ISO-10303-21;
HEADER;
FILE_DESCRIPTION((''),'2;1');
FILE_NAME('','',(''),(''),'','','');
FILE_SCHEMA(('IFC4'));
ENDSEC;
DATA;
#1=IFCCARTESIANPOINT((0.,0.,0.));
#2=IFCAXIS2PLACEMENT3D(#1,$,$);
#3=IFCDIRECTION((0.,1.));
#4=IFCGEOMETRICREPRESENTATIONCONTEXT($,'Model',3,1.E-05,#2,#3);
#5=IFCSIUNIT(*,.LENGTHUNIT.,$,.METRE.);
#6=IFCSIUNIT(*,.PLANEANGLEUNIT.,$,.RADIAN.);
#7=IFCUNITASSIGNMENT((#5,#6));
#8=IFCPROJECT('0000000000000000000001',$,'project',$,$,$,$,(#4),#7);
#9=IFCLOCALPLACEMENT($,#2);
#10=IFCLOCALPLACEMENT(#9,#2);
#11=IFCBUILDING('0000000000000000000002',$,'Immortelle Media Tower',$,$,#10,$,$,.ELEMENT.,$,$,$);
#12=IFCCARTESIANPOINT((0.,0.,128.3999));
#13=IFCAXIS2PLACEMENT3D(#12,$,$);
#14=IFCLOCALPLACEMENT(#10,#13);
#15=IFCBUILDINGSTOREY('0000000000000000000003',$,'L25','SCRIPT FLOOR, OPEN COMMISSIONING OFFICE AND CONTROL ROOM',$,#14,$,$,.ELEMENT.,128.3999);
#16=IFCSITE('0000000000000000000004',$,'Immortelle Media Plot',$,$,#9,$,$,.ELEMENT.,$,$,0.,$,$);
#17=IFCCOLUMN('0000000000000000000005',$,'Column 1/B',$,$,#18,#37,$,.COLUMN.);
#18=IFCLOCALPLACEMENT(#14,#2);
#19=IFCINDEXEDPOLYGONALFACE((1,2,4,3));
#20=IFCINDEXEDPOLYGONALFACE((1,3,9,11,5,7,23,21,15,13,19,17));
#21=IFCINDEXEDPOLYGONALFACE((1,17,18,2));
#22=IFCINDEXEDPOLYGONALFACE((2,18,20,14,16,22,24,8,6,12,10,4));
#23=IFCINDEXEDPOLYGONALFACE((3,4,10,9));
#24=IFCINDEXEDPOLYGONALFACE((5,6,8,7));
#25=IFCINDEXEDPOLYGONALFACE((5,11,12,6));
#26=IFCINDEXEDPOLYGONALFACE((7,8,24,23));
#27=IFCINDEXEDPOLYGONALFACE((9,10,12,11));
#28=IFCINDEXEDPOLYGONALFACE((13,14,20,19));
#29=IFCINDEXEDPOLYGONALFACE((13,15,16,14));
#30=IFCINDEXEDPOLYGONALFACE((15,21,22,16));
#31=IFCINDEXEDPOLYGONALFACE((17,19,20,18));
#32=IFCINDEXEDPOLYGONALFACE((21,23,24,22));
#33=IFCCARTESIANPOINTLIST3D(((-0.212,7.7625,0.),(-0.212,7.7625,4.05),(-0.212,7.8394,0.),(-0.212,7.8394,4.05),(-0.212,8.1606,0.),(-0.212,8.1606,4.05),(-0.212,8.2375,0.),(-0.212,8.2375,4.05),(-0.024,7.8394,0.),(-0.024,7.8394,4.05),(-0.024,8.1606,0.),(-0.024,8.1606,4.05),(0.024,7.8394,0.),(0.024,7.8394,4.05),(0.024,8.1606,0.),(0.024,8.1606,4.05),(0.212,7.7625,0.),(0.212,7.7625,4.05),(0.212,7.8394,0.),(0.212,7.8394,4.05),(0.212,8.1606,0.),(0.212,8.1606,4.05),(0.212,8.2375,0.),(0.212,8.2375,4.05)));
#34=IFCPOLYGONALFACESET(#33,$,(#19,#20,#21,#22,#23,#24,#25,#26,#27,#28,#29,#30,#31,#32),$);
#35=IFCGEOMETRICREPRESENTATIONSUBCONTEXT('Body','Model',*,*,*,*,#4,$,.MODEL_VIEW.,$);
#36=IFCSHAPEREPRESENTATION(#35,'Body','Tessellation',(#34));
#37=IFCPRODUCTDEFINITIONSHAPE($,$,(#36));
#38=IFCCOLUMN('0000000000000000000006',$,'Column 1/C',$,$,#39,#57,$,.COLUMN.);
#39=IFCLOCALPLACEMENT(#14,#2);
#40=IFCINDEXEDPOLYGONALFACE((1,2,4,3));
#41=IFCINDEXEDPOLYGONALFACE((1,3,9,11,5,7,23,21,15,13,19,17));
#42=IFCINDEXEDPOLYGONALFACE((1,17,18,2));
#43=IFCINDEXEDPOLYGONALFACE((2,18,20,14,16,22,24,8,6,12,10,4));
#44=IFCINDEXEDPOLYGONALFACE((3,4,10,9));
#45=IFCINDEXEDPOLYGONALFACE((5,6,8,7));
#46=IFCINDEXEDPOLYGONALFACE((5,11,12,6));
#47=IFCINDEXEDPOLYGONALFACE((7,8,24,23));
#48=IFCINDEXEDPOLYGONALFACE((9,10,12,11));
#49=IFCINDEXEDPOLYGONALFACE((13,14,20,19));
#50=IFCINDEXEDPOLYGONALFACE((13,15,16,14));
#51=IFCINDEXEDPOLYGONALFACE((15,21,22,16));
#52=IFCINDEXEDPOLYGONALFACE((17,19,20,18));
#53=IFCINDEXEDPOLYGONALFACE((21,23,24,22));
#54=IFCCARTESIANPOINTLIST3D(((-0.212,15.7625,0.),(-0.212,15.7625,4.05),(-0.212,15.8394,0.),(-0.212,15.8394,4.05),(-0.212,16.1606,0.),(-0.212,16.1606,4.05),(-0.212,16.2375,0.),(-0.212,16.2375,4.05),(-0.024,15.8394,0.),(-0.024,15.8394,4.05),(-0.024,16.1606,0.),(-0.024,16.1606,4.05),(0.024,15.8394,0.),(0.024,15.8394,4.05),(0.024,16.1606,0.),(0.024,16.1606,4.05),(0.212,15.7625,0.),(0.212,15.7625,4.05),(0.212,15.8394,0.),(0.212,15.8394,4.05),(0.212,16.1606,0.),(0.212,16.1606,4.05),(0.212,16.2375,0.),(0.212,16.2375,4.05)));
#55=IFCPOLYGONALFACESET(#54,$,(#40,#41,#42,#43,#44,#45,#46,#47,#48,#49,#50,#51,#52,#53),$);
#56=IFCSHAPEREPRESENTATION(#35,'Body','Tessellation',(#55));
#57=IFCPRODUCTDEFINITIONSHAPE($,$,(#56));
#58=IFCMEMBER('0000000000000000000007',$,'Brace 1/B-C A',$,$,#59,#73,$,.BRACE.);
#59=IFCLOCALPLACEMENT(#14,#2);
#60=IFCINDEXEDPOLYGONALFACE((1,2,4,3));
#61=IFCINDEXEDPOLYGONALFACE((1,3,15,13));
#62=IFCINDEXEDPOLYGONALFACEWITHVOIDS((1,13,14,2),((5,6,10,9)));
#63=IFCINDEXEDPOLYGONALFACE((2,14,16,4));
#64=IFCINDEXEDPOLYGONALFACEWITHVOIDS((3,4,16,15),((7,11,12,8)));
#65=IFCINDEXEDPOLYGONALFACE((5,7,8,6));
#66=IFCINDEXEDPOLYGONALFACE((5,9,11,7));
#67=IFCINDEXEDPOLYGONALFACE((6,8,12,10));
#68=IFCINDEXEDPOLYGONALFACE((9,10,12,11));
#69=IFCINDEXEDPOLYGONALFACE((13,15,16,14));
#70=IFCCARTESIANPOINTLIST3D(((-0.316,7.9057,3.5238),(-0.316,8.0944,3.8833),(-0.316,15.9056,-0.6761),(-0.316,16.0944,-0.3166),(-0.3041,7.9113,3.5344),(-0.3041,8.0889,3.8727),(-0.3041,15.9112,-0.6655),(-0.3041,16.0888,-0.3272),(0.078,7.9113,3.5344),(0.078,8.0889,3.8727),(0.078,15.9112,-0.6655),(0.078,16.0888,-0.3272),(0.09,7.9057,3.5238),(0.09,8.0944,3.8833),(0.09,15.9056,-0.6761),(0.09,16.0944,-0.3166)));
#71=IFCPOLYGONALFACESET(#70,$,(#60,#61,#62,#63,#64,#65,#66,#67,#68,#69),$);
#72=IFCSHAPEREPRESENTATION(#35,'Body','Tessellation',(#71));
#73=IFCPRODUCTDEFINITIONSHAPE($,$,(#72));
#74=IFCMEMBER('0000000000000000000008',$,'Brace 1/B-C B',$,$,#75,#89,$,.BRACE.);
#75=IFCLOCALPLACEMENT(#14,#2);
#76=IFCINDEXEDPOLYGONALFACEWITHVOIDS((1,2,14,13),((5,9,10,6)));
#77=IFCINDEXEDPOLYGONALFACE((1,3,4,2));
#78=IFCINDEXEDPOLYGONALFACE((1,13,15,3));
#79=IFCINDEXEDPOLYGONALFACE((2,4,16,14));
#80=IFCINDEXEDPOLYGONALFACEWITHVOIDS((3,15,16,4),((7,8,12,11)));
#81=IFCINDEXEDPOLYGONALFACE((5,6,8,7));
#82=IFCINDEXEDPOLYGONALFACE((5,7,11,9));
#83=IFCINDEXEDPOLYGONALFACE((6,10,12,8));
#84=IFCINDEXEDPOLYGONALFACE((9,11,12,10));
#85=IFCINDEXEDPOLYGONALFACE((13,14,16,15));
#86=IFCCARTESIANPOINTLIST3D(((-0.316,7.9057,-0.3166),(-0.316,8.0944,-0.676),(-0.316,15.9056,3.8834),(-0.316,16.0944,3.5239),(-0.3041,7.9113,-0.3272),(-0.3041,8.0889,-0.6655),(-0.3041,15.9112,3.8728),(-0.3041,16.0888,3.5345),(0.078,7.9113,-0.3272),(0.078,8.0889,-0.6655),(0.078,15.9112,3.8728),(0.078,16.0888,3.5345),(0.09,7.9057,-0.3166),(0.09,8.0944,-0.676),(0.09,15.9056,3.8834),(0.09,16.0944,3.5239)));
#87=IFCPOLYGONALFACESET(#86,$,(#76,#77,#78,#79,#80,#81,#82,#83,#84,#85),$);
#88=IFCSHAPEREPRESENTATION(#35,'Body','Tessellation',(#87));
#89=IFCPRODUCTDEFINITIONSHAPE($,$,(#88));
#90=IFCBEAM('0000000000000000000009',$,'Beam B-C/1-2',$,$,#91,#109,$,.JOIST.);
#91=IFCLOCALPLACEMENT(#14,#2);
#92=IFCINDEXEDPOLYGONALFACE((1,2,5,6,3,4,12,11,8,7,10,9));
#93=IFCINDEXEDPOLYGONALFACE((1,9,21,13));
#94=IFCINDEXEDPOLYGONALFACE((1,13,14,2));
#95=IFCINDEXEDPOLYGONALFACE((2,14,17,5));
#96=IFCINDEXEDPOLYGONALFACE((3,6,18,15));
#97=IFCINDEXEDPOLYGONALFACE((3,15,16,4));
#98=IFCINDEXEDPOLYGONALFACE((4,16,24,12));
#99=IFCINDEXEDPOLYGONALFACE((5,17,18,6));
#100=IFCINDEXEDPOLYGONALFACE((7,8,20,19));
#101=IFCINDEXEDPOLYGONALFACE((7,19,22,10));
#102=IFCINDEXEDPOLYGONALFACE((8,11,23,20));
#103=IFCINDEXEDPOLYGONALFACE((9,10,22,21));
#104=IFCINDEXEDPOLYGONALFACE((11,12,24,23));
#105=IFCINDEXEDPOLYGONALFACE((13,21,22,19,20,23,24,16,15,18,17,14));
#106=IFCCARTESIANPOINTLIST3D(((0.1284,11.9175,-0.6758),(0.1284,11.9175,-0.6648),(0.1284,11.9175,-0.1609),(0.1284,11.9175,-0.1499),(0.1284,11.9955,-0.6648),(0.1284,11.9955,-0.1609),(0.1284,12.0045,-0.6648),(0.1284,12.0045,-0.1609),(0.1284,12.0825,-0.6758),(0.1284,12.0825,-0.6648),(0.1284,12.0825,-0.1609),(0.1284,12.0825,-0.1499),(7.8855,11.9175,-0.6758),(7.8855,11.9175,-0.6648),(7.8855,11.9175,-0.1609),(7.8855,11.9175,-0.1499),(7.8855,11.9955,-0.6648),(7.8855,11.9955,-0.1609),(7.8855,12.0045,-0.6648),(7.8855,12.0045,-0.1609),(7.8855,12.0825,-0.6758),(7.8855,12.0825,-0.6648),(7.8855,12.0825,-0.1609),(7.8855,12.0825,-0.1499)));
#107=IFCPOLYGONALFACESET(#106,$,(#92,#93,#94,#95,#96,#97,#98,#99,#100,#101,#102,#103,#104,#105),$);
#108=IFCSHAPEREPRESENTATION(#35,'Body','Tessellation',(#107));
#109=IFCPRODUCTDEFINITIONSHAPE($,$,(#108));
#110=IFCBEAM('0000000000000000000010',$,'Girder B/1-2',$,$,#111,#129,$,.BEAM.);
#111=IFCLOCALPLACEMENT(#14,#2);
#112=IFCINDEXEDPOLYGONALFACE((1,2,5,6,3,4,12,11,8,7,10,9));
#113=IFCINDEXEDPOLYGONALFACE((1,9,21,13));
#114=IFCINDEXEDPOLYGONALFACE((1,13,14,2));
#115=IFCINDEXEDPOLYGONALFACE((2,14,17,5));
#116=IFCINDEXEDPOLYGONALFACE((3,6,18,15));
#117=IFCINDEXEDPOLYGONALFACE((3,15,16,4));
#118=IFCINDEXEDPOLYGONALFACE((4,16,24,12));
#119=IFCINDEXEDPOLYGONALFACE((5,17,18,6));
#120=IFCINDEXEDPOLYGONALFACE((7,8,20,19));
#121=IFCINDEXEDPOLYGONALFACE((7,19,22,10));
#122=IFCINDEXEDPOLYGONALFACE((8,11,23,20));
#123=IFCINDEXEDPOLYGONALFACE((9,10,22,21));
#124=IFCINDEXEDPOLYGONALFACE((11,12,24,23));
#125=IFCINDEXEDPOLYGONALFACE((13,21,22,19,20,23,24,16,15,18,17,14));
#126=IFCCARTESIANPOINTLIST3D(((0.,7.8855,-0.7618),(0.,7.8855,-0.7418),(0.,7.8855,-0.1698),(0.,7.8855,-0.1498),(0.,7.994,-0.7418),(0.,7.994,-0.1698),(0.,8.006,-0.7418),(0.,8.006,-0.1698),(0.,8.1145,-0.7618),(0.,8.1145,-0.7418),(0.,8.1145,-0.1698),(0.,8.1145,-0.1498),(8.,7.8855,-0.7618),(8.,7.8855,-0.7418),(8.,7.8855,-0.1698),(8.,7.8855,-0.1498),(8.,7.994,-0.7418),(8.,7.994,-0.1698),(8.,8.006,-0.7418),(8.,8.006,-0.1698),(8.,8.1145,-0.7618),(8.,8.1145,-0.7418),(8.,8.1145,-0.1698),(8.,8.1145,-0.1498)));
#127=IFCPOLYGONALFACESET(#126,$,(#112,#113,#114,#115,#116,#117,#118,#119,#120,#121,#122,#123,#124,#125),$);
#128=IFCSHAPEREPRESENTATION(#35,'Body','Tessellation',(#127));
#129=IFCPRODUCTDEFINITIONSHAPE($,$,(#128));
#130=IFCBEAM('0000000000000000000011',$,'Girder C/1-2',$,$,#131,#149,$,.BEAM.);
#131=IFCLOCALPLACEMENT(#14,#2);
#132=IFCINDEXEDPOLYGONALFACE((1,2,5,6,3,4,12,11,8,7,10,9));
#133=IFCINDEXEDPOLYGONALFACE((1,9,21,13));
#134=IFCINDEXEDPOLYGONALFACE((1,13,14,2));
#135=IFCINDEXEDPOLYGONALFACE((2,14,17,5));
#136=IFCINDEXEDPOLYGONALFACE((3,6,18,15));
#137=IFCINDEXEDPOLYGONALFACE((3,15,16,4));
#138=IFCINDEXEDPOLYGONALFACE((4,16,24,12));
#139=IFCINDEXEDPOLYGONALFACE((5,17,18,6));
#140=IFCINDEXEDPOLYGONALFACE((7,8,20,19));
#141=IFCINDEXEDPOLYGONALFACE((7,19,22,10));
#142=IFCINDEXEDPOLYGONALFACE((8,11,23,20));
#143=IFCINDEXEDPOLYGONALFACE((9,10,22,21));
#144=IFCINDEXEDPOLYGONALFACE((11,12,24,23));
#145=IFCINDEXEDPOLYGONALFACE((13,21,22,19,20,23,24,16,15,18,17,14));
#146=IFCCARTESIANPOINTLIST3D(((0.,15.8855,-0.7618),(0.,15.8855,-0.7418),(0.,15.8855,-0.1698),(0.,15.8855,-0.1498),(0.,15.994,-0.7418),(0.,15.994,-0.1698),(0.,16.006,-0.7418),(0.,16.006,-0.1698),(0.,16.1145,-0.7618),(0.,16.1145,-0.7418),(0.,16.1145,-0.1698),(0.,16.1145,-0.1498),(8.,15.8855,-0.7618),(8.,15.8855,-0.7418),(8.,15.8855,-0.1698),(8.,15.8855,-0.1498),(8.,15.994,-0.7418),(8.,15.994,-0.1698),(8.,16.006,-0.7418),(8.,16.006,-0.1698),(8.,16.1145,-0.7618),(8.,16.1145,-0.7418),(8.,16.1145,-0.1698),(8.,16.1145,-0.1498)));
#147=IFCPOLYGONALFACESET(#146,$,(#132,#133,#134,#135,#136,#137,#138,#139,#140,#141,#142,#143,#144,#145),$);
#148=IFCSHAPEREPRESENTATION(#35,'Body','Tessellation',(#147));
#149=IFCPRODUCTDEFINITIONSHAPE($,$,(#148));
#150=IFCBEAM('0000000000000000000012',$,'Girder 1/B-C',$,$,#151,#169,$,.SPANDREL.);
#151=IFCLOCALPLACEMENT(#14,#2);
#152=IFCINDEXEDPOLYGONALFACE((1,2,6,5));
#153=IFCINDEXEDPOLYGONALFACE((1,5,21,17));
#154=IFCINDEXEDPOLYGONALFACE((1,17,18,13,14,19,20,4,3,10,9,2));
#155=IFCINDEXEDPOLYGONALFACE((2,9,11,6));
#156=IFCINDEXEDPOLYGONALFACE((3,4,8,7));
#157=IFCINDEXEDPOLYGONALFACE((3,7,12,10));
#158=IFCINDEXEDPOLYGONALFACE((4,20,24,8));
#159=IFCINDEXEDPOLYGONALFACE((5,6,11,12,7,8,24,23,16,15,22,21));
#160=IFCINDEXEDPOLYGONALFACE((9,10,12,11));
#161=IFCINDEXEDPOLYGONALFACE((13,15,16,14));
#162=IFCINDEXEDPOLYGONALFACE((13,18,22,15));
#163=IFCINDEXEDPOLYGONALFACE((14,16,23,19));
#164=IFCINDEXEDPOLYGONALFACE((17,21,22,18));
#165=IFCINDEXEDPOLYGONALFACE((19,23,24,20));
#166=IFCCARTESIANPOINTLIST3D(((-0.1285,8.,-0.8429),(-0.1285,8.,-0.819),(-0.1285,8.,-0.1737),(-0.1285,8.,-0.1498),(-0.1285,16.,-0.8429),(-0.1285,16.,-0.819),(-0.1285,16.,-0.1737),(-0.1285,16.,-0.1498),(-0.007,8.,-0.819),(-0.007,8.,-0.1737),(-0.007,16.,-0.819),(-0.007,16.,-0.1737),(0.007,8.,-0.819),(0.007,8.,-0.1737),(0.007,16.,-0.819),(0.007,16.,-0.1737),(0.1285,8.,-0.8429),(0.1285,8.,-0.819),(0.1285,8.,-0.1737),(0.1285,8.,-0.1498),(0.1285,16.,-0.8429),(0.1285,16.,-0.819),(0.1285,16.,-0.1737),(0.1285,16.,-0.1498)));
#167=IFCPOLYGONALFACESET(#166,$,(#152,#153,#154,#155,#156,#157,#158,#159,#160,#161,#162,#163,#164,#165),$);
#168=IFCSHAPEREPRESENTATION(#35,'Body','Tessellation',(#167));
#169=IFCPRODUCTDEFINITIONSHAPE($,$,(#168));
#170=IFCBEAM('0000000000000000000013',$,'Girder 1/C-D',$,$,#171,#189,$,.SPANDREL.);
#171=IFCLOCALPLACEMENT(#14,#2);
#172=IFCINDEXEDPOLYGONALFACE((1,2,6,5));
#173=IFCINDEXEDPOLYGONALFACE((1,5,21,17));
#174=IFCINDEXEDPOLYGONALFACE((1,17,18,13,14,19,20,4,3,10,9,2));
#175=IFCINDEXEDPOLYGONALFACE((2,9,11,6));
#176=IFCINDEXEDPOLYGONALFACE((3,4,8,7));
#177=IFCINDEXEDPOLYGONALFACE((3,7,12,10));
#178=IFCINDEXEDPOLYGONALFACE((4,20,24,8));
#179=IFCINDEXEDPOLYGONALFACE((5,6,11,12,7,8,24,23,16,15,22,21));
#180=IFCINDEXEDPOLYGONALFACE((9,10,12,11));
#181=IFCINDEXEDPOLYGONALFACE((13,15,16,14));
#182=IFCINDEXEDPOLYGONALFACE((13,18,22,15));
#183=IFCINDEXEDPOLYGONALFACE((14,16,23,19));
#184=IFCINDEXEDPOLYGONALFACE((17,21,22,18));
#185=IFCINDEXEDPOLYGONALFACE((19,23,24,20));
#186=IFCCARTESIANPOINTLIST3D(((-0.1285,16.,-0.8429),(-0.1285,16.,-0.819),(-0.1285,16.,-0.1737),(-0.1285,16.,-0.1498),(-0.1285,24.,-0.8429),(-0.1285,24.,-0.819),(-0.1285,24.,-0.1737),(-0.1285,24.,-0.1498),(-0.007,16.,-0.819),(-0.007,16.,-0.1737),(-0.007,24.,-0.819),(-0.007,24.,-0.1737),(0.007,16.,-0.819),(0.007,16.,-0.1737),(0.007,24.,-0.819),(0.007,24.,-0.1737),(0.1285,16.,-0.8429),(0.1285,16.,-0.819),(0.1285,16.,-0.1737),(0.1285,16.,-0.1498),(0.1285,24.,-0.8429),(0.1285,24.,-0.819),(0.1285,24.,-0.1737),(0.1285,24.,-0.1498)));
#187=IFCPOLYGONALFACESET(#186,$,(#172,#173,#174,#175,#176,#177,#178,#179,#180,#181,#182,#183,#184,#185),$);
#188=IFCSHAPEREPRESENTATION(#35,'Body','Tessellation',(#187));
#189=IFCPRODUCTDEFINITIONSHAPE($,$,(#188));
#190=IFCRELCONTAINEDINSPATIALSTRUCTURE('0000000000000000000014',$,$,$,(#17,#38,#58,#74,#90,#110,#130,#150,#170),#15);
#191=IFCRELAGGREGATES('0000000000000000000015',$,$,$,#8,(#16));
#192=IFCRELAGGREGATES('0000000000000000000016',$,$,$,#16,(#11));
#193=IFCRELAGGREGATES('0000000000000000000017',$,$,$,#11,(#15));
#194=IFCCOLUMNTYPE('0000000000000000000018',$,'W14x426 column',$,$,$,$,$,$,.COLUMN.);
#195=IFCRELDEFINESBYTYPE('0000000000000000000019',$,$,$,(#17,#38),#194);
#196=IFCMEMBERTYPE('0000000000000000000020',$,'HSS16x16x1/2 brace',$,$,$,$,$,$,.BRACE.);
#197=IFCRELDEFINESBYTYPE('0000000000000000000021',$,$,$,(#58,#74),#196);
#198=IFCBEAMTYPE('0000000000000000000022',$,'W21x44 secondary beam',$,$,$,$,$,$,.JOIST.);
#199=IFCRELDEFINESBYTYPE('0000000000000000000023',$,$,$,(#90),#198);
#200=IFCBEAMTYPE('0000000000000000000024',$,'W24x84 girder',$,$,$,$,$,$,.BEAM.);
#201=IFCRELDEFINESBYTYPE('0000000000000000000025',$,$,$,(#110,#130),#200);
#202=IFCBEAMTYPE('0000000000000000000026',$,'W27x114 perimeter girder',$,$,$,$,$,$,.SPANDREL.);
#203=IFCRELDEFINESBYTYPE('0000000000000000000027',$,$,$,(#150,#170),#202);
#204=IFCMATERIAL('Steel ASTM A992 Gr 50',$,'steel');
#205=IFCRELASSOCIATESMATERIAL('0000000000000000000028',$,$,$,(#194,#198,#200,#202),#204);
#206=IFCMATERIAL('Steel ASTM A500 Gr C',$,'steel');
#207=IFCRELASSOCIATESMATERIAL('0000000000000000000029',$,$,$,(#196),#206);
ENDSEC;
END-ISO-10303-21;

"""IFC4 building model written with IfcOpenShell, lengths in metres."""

from ifc_helpers import new_model, si_unit, direction, frame, origin, origin_2d, place, context, subcontext, project, spatial, hollow_rectangle, i_section, extrude, material, material_profile, profile_set, type_object, element, save


model = new_model("IFC4")

# Units and contexts
model_context = context("Model", 3, precision=1e-05, world=origin(), true_north=direction((0.0, 1.0)))
body_context = subcontext(model_context, "Body", "Model", "MODEL_VIEW")
ifc_project = project(units=[si_unit("LENGTHUNIT", "METRE"), si_unit("PLANEANGLEUNIT", "RADIAN")], contexts=[model_context])

# Site, building, storey
site_placement = place(None, origin())
site = spatial("IfcSite", under=ifc_project, at=site_placement, Name="Immortelle Media Plot", CompositionType="ELEMENT", RefElevation=0.0)
building_placement = place(site_placement, origin())
building = spatial("IfcBuilding", under=site, at=building_placement, Name="Immortelle Media Tower", CompositionType="ELEMENT")
storey_placement = place(building_placement, frame((0.0, 0.0, 128.3999)))
storey = spatial("IfcBuildingStorey", under=building, at=storey_placement, Name="L25", Description="SCRIPT FLOOR, OPEN COMMISSIONING OFFICE AND CONTROL ROOM", CompositionType="ELEMENT", Elevation=128.3999)

# Columns
ifc_material_1 = material(Name="Steel ASTM A992 Gr 50", Category="steel")
ifc_material_profile_1 = material_profile(ifc_material_1, i_section(OverallWidth=0.4241, OverallDepth=0.4751, WebThickness=0.0481, FlangeThickness=0.0769, at=origin_2d()), Name="W14x426")
ifc_profile_set_1 = profile_set([ifc_material_profile_1], Name="Steel ASTM A992 Gr 50")
column_type = type_object("IfcColumnType", Name="W14x426 column", PredefinedType="COLUMN", material=ifc_profile_set_1)
for number, where, z_axis, x_axis, name in (
    (1, (0.0, 8.0, 0.0), (0.0, 0.0, 1.0), (1.0, 0.0, 0.0), "Column 1/B"),
    (2, (0.0, 16.0, 0.0), (0.0, 0.0, 1.0), (1.0, 0.0, 0.0), "Column 1/C"),
):
    element("IfcColumn", number, at=place(storey_placement, frame(where, z_axis=z_axis, x_axis=x_axis)), inside=storey, type_object=column_type, Name=name, PredefinedType="COLUMN", context=body_context, shape_type="SweptSolid", body=[
        extrude(i_section(OverallWidth=0.4241, OverallDepth=0.4751, WebThickness=0.0481, FlangeThickness=0.0769, at=origin_2d()), origin(), (0.0, 0.0, 1.0), 4.05),
    ])

# Members
ifc_material_2 = material(Name="Steel ASTM A500 Gr C", Category="steel")
ifc_material_profile_2 = material_profile(ifc_material_2, hollow_rectangle(XDim=0.406, YDim=0.406, WallThickness=0.012, at=origin_2d()), Name="HSS16x16x1/2 brace")
ifc_profile_set_2 = profile_set([ifc_material_profile_2], Name="Steel ASTM A500 Gr C")
member_type = type_object("IfcMemberType", Name="HSS16x16x1/2 brace", PredefinedType="BRACE", material=ifc_profile_set_2)
for number, where, z_axis, x_axis, name in (
    (3, (-0.113, 16.0, -0.4963), (0.0, -0.8854, 0.46483), (1.0, 0.0, 0.0), "Brace 1/B-C A"),
    (4, (-0.113, 16.0, 3.7036), (0.0, -0.8854, -0.46483), (1.0, 0.0, 0.0), "Brace 1/B-C B"),
):
    element("IfcMember", number, at=place(storey_placement, frame(where, z_axis=z_axis, x_axis=x_axis)), inside=storey, type_object=member_type, Name=name, PredefinedType="BRACE", context=body_context, shape_type="SweptSolid", body=[
        extrude(hollow_rectangle(XDim=0.406, YDim=0.406, WallThickness=0.012, at=origin_2d()), origin(), (0.0, 0.0, 1.0), 9.0354),
    ])

# Beams
ifc_material_profile_3 = material_profile(ifc_material_1, i_section(OverallWidth=0.165, OverallDepth=0.5259, WebThickness=0.009, FlangeThickness=0.011, at=origin_2d()), Name="W21x44")
ifc_profile_set_3 = profile_set([ifc_material_profile_3], Name="Steel ASTM A992 Gr 50")
beam_type_1 = type_object("IfcBeamType", Name="W21x44 secondary beam", PredefinedType="JOIST", material=ifc_profile_set_3)
beam_placement = place(storey_placement, frame((0.1284, 12.0, -0.4128), z_axis=(1.0, 0.0, 0.0), x_axis=(0.0, 1.0, 0.0)))
element("IfcBeam", 5, at=beam_placement, inside=storey, type_object=beam_type_1, Name="Beam B-C/1-2", PredefinedType="JOIST", context=body_context, shape_type="SweptSolid", body=[
    extrude(i_section(OverallWidth=0.165, OverallDepth=0.5259, WebThickness=0.009, FlangeThickness=0.011, at=origin_2d()), origin(), (0.0, 0.0, 1.0), 7.7571),
])
ifc_material_profile_4 = material_profile(ifc_material_1, i_section(OverallWidth=0.229, OverallDepth=0.6121, WebThickness=0.012, FlangeThickness=0.02, at=origin_2d()), Name="W24x84")
ifc_profile_set_4 = profile_set([ifc_material_profile_4], Name="Steel ASTM A992 Gr 50")
beam_type_2 = type_object("IfcBeamType", Name="W24x84 girder", PredefinedType="BEAM", material=ifc_profile_set_4)
for number, where, z_axis, x_axis, name in (
    (6, (0.0, 8.0, -0.4558), (1.0, 0.0, 0.0), (0.0, 1.0, 0.0), "Girder B/1-2"),
    (7, (0.0, 16.0, -0.4558), (1.0, 0.0, 0.0), (0.0, 1.0, 0.0), "Girder C/1-2"),
):
    element("IfcBeam", number, at=place(storey_placement, frame(where, z_axis=z_axis, x_axis=x_axis)), inside=storey, type_object=beam_type_2, Name=name, PredefinedType="BEAM", context=body_context, shape_type="SweptSolid", body=[
        extrude(i_section(OverallWidth=0.229, OverallDepth=0.6121, WebThickness=0.012, FlangeThickness=0.02, at=origin_2d()), origin(), (0.0, 0.0, 1.0), 8.0),
    ])
ifc_material_profile_5 = material_profile(ifc_material_1, i_section(OverallWidth=0.2571, OverallDepth=0.6931, WebThickness=0.0139, FlangeThickness=0.0239, at=origin_2d()), Name="W27x114")
ifc_profile_set_5 = profile_set([ifc_material_profile_5], Name="Steel ASTM A992 Gr 50")
beam_type_3 = type_object("IfcBeamType", Name="W27x114 perimeter girder", PredefinedType="SPANDREL", material=ifc_profile_set_5)
for number, where, z_axis, x_axis, name in (
    (8, (0.0, 8.0, -0.4963), (0.0, 1.0, 0.0), (-1.0, 0.0, 0.0), "Girder 1/B-C"),
    (9, (0.0, 16.0, -0.4963), (0.0, 1.0, 0.0), (-1.0, 0.0, 0.0), "Girder 1/C-D"),
):
    element("IfcBeam", number, at=place(storey_placement, frame(where, z_axis=z_axis, x_axis=x_axis)), inside=storey, type_object=beam_type_3, Name=name, PredefinedType="SPANDREL", context=body_context, shape_type="SweptSolid", body=[
        extrude(i_section(OverallWidth=0.2571, OverallDepth=0.6931, WebThickness=0.0139, FlangeThickness=0.0239, at=origin_2d()), origin(), (0.0, 0.0, 1.0), 8.0),
    ])

save(model, "model.ifc")
